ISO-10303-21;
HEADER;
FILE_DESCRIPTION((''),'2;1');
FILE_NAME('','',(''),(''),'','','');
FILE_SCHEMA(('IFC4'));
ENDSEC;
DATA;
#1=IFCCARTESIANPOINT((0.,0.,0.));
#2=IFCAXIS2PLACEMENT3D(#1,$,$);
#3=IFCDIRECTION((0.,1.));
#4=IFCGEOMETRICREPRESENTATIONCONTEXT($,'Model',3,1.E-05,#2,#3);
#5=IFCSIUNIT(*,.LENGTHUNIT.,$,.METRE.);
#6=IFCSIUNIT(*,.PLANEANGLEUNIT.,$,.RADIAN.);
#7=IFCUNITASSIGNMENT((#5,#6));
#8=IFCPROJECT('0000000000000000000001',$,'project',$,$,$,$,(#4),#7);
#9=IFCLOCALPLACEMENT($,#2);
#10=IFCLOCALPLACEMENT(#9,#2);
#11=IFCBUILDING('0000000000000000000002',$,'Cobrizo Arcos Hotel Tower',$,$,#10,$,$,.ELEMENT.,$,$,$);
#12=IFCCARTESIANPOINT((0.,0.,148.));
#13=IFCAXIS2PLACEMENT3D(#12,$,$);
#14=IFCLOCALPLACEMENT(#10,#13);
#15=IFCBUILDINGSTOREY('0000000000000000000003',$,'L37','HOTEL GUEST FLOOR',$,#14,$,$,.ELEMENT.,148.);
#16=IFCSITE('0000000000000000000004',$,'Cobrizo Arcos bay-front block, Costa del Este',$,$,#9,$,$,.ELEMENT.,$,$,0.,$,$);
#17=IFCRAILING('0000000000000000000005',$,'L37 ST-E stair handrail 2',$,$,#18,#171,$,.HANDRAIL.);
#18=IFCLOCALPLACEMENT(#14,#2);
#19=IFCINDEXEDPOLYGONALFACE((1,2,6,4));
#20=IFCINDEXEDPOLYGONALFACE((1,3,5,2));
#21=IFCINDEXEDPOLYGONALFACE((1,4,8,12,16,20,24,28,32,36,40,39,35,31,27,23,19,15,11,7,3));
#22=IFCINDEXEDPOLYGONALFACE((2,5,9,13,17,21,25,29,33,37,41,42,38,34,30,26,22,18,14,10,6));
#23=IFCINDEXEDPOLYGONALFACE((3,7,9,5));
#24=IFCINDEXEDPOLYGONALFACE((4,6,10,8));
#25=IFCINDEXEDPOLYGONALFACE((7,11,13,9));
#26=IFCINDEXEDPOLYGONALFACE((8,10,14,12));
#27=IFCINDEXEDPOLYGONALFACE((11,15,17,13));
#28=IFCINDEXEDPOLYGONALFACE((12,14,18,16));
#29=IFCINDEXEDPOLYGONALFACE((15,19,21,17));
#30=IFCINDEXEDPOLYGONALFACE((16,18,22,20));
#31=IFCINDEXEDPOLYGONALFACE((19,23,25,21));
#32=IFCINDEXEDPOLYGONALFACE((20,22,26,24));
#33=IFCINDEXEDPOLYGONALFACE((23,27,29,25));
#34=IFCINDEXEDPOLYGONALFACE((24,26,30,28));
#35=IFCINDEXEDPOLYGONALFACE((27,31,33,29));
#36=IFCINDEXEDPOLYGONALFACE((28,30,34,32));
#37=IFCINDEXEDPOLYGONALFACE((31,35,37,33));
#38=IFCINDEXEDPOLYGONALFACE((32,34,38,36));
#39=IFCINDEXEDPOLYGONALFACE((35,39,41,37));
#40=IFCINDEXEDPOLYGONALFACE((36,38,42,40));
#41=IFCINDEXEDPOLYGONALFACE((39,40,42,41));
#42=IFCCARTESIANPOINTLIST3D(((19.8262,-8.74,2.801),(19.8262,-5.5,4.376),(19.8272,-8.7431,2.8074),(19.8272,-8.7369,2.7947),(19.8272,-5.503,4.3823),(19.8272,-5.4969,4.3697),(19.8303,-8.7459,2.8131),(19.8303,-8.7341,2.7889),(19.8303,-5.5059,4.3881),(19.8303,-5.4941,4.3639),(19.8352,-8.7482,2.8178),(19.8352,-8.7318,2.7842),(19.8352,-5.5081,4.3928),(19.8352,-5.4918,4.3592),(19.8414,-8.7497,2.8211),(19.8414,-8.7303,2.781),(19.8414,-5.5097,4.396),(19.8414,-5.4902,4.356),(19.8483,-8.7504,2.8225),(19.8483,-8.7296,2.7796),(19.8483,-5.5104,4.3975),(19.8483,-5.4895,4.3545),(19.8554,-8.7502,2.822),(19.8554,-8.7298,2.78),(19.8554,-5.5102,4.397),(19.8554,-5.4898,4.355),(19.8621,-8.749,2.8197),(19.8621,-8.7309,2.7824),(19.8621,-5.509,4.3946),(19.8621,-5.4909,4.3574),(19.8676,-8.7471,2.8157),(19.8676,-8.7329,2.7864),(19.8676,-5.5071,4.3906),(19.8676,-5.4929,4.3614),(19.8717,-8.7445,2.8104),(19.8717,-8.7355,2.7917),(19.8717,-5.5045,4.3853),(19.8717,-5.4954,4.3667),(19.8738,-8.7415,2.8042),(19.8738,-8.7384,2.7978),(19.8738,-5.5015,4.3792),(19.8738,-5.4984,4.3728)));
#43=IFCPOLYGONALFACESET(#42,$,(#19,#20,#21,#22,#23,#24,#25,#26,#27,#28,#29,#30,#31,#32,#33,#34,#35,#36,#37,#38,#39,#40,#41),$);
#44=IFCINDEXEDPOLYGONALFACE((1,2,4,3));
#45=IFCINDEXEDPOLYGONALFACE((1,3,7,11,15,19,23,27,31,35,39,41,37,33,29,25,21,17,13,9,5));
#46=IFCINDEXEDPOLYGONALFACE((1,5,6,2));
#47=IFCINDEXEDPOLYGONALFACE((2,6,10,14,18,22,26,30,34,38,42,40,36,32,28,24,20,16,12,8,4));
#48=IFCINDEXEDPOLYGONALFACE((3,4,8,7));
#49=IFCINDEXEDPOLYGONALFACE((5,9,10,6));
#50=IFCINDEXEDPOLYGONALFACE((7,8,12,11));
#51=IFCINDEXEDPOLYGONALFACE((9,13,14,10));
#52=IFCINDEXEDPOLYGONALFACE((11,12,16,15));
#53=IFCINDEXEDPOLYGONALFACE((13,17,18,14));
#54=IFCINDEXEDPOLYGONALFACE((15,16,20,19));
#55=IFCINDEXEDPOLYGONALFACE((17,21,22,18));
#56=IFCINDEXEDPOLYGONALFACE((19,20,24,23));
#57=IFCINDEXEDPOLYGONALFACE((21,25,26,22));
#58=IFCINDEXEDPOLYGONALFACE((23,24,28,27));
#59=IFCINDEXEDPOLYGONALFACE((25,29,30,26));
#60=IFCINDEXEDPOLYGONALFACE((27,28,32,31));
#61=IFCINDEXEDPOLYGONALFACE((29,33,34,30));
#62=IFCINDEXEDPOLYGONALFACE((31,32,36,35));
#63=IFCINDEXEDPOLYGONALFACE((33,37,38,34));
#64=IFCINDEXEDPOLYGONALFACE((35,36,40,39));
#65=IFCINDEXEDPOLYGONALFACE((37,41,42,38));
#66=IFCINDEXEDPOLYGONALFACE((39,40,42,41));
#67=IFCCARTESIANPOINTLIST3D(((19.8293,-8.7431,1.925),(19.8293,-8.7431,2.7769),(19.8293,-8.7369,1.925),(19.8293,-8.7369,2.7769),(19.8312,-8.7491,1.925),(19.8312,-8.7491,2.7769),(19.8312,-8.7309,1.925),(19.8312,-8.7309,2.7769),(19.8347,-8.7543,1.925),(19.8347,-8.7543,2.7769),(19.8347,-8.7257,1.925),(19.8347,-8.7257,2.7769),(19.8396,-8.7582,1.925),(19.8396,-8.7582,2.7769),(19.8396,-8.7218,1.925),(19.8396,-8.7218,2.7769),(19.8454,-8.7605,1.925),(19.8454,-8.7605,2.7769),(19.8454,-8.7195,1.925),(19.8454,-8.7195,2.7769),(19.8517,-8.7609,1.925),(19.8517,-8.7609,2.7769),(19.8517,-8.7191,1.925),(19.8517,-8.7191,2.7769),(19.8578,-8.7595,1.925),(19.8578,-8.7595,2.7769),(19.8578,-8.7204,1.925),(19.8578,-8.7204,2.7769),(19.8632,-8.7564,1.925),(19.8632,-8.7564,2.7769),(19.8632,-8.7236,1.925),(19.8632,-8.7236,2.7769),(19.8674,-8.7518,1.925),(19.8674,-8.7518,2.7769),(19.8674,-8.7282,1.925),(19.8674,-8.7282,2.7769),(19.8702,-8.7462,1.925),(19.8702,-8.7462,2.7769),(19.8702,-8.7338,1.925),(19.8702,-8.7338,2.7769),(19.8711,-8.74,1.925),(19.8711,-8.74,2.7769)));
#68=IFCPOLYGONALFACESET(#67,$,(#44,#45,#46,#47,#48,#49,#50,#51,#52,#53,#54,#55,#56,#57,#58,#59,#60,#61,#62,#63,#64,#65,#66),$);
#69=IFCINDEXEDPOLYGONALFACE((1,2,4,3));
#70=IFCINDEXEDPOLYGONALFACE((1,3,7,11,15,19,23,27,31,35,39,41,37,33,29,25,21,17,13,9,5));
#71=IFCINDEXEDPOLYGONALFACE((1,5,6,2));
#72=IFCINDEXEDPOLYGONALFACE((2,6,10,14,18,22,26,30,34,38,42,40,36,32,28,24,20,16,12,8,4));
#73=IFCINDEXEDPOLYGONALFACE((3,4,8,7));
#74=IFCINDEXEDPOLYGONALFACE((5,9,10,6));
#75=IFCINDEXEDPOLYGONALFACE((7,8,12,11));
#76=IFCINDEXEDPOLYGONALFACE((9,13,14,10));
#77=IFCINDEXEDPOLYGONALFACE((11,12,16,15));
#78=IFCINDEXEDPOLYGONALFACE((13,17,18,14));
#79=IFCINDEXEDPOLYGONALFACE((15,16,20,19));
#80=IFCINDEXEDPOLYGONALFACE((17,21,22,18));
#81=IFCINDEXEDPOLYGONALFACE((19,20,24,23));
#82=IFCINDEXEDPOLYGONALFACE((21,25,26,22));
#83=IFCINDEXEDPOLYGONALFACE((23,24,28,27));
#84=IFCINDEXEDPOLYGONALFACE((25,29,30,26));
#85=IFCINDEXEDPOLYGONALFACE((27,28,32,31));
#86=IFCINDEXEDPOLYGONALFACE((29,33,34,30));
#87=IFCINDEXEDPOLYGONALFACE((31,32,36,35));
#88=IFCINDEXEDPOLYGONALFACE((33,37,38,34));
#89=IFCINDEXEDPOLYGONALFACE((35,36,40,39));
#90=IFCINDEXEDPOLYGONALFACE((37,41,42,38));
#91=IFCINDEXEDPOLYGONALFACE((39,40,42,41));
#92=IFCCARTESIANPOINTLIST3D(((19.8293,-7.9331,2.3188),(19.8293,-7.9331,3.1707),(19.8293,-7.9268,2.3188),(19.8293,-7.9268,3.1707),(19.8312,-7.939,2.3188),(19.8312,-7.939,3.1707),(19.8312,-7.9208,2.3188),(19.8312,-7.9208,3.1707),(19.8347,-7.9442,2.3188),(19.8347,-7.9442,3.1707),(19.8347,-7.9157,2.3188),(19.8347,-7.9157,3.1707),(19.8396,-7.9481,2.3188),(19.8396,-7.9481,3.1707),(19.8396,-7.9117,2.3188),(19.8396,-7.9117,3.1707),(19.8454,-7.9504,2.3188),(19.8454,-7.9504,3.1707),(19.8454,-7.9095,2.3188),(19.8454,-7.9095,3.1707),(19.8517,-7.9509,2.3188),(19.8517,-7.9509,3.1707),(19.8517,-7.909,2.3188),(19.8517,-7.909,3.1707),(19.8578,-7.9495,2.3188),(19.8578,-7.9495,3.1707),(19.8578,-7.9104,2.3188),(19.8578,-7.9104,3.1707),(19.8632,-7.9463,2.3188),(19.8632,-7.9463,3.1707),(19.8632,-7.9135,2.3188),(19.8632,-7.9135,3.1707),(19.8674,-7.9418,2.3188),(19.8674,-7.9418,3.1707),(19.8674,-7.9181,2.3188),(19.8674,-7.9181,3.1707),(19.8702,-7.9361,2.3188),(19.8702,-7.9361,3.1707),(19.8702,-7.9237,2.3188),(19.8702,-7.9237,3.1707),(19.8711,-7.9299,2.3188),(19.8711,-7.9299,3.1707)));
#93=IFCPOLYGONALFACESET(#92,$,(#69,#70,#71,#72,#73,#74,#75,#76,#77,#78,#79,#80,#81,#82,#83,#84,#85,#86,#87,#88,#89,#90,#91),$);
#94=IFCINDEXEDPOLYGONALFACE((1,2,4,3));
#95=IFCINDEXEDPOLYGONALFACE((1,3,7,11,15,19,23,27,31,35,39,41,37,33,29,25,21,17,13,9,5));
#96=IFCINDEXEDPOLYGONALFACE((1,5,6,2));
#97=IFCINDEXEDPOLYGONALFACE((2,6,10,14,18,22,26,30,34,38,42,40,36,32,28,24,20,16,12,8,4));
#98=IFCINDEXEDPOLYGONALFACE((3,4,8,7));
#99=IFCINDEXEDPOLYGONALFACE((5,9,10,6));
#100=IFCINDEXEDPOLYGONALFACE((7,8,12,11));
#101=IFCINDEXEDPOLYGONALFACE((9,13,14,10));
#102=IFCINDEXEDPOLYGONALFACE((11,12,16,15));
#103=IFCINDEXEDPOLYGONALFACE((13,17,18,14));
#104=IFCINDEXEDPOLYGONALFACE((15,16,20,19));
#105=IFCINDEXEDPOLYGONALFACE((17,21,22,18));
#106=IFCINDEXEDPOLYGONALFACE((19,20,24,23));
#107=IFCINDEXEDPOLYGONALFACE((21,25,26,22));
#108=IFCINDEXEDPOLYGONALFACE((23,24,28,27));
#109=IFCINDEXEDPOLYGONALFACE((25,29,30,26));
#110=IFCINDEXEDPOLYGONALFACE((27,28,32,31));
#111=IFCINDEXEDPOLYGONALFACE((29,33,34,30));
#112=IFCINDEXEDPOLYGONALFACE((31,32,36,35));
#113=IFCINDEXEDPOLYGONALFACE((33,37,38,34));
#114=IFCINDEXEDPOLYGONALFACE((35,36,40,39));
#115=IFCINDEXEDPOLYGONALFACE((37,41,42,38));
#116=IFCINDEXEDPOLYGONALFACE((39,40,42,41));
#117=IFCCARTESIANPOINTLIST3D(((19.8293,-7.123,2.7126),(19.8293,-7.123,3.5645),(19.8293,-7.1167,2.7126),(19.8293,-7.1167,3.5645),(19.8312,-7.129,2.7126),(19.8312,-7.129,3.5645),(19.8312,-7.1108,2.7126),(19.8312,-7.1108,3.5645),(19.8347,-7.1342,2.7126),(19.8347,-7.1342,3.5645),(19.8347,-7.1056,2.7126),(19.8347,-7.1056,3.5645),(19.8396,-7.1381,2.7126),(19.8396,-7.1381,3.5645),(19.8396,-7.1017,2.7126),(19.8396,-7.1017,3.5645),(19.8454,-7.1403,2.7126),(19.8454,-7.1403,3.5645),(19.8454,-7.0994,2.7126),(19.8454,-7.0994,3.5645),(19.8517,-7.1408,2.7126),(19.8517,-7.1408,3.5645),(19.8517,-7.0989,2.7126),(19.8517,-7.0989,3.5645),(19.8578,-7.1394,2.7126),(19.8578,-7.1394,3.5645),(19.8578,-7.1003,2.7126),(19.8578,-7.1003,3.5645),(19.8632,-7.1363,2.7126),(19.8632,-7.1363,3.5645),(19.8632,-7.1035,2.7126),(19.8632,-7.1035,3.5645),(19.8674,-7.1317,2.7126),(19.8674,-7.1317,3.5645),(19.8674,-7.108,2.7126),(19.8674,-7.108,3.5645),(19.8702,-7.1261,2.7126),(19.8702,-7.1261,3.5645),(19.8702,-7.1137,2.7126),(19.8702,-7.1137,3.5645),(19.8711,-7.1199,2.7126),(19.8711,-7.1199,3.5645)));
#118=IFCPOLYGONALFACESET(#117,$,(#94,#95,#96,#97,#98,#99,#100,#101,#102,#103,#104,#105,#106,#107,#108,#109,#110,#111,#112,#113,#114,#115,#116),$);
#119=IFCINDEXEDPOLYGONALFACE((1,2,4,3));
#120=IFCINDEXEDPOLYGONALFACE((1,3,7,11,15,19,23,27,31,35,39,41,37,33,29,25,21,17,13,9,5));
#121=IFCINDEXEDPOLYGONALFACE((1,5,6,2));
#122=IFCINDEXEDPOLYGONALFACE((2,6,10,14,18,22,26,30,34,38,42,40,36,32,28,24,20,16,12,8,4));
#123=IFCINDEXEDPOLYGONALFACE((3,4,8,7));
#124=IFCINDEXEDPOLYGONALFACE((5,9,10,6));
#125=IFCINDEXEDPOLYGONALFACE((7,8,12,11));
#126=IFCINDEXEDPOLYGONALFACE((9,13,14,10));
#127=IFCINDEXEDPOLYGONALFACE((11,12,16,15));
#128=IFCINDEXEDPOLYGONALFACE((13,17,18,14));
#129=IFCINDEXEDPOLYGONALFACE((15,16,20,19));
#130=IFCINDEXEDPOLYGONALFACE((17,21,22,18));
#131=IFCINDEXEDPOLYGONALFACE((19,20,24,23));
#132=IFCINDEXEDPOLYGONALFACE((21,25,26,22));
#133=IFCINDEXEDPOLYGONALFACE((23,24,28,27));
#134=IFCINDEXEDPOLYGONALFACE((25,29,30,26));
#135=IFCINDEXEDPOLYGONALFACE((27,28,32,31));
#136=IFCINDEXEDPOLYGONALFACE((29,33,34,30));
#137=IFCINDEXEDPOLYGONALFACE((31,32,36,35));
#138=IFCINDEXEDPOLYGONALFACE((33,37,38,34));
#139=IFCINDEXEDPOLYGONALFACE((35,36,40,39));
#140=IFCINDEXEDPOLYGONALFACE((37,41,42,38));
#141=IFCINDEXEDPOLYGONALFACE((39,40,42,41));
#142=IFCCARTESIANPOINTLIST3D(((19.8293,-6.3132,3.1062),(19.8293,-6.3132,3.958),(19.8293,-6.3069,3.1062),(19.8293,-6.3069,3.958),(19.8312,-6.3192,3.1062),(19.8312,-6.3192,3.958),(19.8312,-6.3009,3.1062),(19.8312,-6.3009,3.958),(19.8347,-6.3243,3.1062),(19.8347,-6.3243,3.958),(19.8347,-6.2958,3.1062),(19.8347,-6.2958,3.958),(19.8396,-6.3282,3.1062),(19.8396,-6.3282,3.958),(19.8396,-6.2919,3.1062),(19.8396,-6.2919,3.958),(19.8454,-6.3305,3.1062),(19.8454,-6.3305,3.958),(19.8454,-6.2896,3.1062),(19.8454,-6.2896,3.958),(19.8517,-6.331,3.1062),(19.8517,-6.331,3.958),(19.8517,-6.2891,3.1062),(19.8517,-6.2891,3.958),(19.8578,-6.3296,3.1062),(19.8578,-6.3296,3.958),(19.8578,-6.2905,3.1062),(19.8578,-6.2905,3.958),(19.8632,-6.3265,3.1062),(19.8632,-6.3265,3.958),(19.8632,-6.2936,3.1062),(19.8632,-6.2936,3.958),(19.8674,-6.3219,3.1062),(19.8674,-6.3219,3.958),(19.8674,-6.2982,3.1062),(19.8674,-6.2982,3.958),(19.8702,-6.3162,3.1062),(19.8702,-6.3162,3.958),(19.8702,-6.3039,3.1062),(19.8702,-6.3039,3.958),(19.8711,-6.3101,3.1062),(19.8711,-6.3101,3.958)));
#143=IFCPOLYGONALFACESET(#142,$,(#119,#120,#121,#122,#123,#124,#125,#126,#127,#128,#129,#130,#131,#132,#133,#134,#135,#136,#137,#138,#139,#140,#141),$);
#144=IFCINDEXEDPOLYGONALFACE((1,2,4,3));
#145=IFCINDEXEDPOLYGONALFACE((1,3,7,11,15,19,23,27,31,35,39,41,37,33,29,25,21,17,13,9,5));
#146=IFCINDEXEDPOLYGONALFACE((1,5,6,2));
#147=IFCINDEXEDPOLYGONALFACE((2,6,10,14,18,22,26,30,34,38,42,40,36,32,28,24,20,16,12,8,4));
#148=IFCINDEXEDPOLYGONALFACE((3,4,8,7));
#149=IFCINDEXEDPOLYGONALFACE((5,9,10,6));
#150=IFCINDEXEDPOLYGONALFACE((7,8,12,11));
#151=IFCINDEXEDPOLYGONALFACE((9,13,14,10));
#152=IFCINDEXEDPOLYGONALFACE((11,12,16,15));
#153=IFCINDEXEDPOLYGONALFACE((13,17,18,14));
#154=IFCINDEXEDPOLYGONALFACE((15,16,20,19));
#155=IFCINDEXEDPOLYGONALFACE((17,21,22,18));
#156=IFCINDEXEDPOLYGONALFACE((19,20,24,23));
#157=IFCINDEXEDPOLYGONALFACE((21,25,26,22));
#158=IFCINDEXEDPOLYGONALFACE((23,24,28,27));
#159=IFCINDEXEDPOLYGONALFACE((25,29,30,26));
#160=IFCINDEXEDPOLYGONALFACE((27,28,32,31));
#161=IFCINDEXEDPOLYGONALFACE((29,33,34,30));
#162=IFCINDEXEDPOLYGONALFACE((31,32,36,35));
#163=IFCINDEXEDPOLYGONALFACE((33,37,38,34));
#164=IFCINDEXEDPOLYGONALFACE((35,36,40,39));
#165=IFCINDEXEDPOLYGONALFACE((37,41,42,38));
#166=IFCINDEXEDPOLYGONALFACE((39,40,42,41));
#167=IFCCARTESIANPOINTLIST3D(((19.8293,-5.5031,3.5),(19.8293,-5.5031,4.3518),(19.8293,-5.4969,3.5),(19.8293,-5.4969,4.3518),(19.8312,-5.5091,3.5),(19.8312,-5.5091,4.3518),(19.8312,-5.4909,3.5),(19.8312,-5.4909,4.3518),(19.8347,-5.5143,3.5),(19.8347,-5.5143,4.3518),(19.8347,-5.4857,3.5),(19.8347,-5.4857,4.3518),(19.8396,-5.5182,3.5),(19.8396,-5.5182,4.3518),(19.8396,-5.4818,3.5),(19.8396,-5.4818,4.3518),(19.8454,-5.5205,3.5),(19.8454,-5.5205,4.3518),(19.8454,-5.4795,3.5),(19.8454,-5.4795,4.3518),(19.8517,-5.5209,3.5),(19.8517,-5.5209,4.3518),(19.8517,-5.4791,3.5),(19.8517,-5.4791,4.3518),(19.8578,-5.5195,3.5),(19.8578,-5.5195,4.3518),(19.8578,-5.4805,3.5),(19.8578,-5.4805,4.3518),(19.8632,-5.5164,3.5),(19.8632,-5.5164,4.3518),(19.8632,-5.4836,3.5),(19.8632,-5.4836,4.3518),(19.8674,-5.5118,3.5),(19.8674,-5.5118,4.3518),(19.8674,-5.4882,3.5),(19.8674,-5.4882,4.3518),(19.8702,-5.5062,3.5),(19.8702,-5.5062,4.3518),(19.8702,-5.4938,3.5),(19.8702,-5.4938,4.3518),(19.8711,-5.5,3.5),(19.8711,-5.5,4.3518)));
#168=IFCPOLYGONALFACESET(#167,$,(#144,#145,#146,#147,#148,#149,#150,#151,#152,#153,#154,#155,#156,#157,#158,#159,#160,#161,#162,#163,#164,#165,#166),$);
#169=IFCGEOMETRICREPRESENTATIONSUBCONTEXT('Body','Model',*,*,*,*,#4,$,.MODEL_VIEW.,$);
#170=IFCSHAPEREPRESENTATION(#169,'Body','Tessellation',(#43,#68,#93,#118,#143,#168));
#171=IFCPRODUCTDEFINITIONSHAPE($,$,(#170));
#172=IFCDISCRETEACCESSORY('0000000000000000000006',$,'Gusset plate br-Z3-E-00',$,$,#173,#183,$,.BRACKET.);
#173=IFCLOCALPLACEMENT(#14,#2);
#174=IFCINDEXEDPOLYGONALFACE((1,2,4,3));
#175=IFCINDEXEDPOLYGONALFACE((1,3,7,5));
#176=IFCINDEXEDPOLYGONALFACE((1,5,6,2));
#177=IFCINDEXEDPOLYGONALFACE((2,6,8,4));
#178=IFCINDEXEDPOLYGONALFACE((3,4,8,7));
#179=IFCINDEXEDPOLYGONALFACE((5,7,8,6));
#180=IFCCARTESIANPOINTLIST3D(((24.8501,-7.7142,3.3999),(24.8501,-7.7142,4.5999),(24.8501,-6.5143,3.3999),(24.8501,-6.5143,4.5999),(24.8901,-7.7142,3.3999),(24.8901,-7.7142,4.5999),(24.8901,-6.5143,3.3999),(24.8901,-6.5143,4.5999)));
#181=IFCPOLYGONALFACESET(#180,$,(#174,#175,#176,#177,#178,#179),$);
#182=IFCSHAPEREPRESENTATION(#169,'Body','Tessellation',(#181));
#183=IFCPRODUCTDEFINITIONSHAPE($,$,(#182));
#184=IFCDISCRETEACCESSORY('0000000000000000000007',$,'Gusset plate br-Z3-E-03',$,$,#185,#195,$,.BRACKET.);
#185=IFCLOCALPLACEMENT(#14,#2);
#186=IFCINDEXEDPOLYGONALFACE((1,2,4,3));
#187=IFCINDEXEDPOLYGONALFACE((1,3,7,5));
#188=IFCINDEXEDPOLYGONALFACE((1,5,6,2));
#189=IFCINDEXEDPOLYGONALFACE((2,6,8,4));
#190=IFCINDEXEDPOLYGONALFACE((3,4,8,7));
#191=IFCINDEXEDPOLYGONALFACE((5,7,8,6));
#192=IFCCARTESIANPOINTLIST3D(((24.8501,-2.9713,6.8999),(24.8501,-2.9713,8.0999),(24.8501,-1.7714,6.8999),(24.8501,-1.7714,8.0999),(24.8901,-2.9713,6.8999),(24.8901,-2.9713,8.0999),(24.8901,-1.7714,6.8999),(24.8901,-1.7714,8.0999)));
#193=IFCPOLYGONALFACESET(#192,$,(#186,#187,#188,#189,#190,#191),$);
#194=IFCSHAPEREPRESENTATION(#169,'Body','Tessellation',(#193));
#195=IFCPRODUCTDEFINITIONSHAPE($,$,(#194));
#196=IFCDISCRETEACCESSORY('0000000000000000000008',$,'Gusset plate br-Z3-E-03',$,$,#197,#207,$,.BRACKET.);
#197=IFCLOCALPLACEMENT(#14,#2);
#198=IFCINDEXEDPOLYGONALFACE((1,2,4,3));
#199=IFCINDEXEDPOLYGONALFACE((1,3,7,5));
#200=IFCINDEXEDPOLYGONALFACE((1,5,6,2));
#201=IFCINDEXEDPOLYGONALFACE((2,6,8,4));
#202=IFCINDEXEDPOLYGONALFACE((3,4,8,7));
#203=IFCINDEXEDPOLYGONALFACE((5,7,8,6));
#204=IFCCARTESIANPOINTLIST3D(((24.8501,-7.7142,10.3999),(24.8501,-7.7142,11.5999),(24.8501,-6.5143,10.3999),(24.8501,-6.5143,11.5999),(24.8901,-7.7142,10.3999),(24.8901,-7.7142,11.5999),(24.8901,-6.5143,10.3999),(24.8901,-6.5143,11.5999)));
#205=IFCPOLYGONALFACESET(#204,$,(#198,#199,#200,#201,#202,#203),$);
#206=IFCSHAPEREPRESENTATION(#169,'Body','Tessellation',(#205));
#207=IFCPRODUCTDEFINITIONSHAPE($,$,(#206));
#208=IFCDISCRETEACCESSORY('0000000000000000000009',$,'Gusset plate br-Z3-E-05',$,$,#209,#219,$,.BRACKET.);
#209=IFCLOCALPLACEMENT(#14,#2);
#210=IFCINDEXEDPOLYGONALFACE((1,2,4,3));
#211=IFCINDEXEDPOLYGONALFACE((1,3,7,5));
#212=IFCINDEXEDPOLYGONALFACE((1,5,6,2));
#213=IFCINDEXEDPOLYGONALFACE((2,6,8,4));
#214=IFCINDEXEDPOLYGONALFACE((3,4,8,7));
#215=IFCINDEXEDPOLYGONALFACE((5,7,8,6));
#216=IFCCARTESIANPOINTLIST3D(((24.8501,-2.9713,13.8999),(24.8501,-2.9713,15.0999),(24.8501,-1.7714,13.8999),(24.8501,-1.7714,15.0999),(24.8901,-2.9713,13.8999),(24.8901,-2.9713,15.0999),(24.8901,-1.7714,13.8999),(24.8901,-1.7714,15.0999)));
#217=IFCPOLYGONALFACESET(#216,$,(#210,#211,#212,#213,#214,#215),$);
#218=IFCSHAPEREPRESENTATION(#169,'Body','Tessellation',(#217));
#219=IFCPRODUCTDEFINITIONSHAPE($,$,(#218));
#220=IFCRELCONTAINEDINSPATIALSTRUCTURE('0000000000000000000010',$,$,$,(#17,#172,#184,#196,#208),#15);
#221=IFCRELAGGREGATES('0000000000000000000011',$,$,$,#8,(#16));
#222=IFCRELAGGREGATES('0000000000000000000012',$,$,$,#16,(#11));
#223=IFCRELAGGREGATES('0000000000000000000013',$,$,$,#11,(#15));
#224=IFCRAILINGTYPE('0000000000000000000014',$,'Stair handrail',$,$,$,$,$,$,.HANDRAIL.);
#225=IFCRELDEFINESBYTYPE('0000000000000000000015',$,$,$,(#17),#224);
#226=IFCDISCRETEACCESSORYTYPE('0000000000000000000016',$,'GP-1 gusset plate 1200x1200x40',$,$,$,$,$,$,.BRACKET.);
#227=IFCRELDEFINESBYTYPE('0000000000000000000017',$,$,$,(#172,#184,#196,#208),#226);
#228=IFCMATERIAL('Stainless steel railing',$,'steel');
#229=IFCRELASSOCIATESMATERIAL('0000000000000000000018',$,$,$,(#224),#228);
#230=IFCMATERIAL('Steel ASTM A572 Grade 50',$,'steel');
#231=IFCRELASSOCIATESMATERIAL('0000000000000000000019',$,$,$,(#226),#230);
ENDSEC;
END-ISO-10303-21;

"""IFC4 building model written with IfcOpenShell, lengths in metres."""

from ifc_helpers import new_model, si_unit, direction, frame, origin, origin_2d, place, context, subcontext, project, spatial, rectangle, circle, extrude, material, type_object, element, save


model = new_model("IFC4")

# Units and contexts
model_context = context("Model", 3, precision=1e-05, world=origin(), true_north=direction((0.0, 1.0)))
body_context = subcontext(model_context, "Body", "Model", "MODEL_VIEW")
ifc_project = project(units=[si_unit("LENGTHUNIT", "METRE"), si_unit("PLANEANGLEUNIT", "RADIAN")], contexts=[model_context])

# Site, building, storey
site_placement = place(None, origin())
site = spatial("IfcSite", under=ifc_project, at=site_placement, Name="Cobrizo Arcos bay-front block, Costa del Este", CompositionType="ELEMENT", RefElevation=0.0)
building_placement = place(site_placement, origin())
building = spatial("IfcBuilding", under=site, at=building_placement, Name="Cobrizo Arcos Hotel Tower", CompositionType="ELEMENT")
storey_placement = place(building_placement, frame((0.0, 0.0, 148.0)))
storey = spatial("IfcBuildingStorey", under=building, at=storey_placement, Name="L37", Description="HOTEL GUEST FLOOR", CompositionType="ELEMENT", Elevation=148.0)

# Shared definitions
ifc_material_1 = material(Name="Steel ASTM A572 Grade 50", Category="steel")

# Railing
ifc_material_2 = material(Name="Stainless steel railing", Category="steel")
railing_type_1 = type_object("IfcRailingType", Name="Stair handrail", PredefinedType="HANDRAIL", material=ifc_material_2)
railing_1_placement = place(storey_placement, frame((19.8501, -8.74, 1.925)))
element("IfcRailing", 1, at=railing_1_placement, inside=storey, type_object=railing_type_1, Name="L37 ST-E stair handrail 2", PredefinedType="HANDRAIL", context=body_context, shape_type="SweptSolid", body=[
    extrude(circle(Radius=0.0239, at=origin_2d()), frame((0.0, 0.0, 0.876), z_axis=(0.0, 0.899373, 0.437183), x_axis=(-1.0, 0.0, 0.0)), (0.0, 0.0, 1.0), 3.6025),
    extrude(circle(Radius=0.021, at=origin_2d()), origin(), (0.0, 0.0, 1.0), 0.8518),
    extrude(circle(Radius=0.021, at=origin_2d()), frame((0.0, 0.8101, 0.3938)), (0.0, 0.0, 1.0), 0.8518),
    extrude(circle(Radius=0.021, at=origin_2d()), frame((0.0, 1.6201, 0.7876)), (0.0, 0.0, 1.0), 0.8518),
    extrude(circle(Radius=0.021, at=origin_2d()), frame((0.0, 2.4299, 1.1812)), (0.0, 0.0, 1.0), 0.8518),
    extrude(circle(Radius=0.021, at=origin_2d()), frame((0.0, 3.24, 1.575)), (0.0, 0.0, 1.0), 0.8518),
])

# Discrete accessories
discrete_accessory_type_1 = type_object("IfcDiscreteAccessoryType", Name="GP-1 gusset plate 1200x1200x40", PredefinedType="BRACKET", material=ifc_material_1)
for number, where, z_axis, x_axis, name in (
    (2, (24.8701, -7.1143, 3.3999), (0.0, 0.0, 1.0), (1.0, 0.0, 0.0), "Gusset plate br-Z3-E-00"),
    (3, (24.8701, -2.3713, 6.8999), (0.0, 0.0, 1.0), (1.0, 0.0, 0.0), "Gusset plate br-Z3-E-03"),
    (4, (24.8701, -7.1143, 10.3999), (0.0, 0.0, 1.0), (1.0, 0.0, 0.0), "Gusset plate br-Z3-E-03"),
    (5, (24.8701, -2.3713, 13.8999), (0.0, 0.0, 1.0), (1.0, 0.0, 0.0), "Gusset plate br-Z3-E-05"),
):
    element("IfcDiscreteAccessory", number, at=place(storey_placement, frame(where, z_axis=z_axis, x_axis=x_axis)), inside=storey, type_object=discrete_accessory_type_1, Name=name, PredefinedType="BRACKET", context=body_context, shape_type="SweptSolid", body=[
        extrude(rectangle(XDim=0.04, YDim=1.2, at=origin_2d()), origin(), (0.0, 0.0, 1.0), 1.2),
    ])

save(model, "model.ifc")
